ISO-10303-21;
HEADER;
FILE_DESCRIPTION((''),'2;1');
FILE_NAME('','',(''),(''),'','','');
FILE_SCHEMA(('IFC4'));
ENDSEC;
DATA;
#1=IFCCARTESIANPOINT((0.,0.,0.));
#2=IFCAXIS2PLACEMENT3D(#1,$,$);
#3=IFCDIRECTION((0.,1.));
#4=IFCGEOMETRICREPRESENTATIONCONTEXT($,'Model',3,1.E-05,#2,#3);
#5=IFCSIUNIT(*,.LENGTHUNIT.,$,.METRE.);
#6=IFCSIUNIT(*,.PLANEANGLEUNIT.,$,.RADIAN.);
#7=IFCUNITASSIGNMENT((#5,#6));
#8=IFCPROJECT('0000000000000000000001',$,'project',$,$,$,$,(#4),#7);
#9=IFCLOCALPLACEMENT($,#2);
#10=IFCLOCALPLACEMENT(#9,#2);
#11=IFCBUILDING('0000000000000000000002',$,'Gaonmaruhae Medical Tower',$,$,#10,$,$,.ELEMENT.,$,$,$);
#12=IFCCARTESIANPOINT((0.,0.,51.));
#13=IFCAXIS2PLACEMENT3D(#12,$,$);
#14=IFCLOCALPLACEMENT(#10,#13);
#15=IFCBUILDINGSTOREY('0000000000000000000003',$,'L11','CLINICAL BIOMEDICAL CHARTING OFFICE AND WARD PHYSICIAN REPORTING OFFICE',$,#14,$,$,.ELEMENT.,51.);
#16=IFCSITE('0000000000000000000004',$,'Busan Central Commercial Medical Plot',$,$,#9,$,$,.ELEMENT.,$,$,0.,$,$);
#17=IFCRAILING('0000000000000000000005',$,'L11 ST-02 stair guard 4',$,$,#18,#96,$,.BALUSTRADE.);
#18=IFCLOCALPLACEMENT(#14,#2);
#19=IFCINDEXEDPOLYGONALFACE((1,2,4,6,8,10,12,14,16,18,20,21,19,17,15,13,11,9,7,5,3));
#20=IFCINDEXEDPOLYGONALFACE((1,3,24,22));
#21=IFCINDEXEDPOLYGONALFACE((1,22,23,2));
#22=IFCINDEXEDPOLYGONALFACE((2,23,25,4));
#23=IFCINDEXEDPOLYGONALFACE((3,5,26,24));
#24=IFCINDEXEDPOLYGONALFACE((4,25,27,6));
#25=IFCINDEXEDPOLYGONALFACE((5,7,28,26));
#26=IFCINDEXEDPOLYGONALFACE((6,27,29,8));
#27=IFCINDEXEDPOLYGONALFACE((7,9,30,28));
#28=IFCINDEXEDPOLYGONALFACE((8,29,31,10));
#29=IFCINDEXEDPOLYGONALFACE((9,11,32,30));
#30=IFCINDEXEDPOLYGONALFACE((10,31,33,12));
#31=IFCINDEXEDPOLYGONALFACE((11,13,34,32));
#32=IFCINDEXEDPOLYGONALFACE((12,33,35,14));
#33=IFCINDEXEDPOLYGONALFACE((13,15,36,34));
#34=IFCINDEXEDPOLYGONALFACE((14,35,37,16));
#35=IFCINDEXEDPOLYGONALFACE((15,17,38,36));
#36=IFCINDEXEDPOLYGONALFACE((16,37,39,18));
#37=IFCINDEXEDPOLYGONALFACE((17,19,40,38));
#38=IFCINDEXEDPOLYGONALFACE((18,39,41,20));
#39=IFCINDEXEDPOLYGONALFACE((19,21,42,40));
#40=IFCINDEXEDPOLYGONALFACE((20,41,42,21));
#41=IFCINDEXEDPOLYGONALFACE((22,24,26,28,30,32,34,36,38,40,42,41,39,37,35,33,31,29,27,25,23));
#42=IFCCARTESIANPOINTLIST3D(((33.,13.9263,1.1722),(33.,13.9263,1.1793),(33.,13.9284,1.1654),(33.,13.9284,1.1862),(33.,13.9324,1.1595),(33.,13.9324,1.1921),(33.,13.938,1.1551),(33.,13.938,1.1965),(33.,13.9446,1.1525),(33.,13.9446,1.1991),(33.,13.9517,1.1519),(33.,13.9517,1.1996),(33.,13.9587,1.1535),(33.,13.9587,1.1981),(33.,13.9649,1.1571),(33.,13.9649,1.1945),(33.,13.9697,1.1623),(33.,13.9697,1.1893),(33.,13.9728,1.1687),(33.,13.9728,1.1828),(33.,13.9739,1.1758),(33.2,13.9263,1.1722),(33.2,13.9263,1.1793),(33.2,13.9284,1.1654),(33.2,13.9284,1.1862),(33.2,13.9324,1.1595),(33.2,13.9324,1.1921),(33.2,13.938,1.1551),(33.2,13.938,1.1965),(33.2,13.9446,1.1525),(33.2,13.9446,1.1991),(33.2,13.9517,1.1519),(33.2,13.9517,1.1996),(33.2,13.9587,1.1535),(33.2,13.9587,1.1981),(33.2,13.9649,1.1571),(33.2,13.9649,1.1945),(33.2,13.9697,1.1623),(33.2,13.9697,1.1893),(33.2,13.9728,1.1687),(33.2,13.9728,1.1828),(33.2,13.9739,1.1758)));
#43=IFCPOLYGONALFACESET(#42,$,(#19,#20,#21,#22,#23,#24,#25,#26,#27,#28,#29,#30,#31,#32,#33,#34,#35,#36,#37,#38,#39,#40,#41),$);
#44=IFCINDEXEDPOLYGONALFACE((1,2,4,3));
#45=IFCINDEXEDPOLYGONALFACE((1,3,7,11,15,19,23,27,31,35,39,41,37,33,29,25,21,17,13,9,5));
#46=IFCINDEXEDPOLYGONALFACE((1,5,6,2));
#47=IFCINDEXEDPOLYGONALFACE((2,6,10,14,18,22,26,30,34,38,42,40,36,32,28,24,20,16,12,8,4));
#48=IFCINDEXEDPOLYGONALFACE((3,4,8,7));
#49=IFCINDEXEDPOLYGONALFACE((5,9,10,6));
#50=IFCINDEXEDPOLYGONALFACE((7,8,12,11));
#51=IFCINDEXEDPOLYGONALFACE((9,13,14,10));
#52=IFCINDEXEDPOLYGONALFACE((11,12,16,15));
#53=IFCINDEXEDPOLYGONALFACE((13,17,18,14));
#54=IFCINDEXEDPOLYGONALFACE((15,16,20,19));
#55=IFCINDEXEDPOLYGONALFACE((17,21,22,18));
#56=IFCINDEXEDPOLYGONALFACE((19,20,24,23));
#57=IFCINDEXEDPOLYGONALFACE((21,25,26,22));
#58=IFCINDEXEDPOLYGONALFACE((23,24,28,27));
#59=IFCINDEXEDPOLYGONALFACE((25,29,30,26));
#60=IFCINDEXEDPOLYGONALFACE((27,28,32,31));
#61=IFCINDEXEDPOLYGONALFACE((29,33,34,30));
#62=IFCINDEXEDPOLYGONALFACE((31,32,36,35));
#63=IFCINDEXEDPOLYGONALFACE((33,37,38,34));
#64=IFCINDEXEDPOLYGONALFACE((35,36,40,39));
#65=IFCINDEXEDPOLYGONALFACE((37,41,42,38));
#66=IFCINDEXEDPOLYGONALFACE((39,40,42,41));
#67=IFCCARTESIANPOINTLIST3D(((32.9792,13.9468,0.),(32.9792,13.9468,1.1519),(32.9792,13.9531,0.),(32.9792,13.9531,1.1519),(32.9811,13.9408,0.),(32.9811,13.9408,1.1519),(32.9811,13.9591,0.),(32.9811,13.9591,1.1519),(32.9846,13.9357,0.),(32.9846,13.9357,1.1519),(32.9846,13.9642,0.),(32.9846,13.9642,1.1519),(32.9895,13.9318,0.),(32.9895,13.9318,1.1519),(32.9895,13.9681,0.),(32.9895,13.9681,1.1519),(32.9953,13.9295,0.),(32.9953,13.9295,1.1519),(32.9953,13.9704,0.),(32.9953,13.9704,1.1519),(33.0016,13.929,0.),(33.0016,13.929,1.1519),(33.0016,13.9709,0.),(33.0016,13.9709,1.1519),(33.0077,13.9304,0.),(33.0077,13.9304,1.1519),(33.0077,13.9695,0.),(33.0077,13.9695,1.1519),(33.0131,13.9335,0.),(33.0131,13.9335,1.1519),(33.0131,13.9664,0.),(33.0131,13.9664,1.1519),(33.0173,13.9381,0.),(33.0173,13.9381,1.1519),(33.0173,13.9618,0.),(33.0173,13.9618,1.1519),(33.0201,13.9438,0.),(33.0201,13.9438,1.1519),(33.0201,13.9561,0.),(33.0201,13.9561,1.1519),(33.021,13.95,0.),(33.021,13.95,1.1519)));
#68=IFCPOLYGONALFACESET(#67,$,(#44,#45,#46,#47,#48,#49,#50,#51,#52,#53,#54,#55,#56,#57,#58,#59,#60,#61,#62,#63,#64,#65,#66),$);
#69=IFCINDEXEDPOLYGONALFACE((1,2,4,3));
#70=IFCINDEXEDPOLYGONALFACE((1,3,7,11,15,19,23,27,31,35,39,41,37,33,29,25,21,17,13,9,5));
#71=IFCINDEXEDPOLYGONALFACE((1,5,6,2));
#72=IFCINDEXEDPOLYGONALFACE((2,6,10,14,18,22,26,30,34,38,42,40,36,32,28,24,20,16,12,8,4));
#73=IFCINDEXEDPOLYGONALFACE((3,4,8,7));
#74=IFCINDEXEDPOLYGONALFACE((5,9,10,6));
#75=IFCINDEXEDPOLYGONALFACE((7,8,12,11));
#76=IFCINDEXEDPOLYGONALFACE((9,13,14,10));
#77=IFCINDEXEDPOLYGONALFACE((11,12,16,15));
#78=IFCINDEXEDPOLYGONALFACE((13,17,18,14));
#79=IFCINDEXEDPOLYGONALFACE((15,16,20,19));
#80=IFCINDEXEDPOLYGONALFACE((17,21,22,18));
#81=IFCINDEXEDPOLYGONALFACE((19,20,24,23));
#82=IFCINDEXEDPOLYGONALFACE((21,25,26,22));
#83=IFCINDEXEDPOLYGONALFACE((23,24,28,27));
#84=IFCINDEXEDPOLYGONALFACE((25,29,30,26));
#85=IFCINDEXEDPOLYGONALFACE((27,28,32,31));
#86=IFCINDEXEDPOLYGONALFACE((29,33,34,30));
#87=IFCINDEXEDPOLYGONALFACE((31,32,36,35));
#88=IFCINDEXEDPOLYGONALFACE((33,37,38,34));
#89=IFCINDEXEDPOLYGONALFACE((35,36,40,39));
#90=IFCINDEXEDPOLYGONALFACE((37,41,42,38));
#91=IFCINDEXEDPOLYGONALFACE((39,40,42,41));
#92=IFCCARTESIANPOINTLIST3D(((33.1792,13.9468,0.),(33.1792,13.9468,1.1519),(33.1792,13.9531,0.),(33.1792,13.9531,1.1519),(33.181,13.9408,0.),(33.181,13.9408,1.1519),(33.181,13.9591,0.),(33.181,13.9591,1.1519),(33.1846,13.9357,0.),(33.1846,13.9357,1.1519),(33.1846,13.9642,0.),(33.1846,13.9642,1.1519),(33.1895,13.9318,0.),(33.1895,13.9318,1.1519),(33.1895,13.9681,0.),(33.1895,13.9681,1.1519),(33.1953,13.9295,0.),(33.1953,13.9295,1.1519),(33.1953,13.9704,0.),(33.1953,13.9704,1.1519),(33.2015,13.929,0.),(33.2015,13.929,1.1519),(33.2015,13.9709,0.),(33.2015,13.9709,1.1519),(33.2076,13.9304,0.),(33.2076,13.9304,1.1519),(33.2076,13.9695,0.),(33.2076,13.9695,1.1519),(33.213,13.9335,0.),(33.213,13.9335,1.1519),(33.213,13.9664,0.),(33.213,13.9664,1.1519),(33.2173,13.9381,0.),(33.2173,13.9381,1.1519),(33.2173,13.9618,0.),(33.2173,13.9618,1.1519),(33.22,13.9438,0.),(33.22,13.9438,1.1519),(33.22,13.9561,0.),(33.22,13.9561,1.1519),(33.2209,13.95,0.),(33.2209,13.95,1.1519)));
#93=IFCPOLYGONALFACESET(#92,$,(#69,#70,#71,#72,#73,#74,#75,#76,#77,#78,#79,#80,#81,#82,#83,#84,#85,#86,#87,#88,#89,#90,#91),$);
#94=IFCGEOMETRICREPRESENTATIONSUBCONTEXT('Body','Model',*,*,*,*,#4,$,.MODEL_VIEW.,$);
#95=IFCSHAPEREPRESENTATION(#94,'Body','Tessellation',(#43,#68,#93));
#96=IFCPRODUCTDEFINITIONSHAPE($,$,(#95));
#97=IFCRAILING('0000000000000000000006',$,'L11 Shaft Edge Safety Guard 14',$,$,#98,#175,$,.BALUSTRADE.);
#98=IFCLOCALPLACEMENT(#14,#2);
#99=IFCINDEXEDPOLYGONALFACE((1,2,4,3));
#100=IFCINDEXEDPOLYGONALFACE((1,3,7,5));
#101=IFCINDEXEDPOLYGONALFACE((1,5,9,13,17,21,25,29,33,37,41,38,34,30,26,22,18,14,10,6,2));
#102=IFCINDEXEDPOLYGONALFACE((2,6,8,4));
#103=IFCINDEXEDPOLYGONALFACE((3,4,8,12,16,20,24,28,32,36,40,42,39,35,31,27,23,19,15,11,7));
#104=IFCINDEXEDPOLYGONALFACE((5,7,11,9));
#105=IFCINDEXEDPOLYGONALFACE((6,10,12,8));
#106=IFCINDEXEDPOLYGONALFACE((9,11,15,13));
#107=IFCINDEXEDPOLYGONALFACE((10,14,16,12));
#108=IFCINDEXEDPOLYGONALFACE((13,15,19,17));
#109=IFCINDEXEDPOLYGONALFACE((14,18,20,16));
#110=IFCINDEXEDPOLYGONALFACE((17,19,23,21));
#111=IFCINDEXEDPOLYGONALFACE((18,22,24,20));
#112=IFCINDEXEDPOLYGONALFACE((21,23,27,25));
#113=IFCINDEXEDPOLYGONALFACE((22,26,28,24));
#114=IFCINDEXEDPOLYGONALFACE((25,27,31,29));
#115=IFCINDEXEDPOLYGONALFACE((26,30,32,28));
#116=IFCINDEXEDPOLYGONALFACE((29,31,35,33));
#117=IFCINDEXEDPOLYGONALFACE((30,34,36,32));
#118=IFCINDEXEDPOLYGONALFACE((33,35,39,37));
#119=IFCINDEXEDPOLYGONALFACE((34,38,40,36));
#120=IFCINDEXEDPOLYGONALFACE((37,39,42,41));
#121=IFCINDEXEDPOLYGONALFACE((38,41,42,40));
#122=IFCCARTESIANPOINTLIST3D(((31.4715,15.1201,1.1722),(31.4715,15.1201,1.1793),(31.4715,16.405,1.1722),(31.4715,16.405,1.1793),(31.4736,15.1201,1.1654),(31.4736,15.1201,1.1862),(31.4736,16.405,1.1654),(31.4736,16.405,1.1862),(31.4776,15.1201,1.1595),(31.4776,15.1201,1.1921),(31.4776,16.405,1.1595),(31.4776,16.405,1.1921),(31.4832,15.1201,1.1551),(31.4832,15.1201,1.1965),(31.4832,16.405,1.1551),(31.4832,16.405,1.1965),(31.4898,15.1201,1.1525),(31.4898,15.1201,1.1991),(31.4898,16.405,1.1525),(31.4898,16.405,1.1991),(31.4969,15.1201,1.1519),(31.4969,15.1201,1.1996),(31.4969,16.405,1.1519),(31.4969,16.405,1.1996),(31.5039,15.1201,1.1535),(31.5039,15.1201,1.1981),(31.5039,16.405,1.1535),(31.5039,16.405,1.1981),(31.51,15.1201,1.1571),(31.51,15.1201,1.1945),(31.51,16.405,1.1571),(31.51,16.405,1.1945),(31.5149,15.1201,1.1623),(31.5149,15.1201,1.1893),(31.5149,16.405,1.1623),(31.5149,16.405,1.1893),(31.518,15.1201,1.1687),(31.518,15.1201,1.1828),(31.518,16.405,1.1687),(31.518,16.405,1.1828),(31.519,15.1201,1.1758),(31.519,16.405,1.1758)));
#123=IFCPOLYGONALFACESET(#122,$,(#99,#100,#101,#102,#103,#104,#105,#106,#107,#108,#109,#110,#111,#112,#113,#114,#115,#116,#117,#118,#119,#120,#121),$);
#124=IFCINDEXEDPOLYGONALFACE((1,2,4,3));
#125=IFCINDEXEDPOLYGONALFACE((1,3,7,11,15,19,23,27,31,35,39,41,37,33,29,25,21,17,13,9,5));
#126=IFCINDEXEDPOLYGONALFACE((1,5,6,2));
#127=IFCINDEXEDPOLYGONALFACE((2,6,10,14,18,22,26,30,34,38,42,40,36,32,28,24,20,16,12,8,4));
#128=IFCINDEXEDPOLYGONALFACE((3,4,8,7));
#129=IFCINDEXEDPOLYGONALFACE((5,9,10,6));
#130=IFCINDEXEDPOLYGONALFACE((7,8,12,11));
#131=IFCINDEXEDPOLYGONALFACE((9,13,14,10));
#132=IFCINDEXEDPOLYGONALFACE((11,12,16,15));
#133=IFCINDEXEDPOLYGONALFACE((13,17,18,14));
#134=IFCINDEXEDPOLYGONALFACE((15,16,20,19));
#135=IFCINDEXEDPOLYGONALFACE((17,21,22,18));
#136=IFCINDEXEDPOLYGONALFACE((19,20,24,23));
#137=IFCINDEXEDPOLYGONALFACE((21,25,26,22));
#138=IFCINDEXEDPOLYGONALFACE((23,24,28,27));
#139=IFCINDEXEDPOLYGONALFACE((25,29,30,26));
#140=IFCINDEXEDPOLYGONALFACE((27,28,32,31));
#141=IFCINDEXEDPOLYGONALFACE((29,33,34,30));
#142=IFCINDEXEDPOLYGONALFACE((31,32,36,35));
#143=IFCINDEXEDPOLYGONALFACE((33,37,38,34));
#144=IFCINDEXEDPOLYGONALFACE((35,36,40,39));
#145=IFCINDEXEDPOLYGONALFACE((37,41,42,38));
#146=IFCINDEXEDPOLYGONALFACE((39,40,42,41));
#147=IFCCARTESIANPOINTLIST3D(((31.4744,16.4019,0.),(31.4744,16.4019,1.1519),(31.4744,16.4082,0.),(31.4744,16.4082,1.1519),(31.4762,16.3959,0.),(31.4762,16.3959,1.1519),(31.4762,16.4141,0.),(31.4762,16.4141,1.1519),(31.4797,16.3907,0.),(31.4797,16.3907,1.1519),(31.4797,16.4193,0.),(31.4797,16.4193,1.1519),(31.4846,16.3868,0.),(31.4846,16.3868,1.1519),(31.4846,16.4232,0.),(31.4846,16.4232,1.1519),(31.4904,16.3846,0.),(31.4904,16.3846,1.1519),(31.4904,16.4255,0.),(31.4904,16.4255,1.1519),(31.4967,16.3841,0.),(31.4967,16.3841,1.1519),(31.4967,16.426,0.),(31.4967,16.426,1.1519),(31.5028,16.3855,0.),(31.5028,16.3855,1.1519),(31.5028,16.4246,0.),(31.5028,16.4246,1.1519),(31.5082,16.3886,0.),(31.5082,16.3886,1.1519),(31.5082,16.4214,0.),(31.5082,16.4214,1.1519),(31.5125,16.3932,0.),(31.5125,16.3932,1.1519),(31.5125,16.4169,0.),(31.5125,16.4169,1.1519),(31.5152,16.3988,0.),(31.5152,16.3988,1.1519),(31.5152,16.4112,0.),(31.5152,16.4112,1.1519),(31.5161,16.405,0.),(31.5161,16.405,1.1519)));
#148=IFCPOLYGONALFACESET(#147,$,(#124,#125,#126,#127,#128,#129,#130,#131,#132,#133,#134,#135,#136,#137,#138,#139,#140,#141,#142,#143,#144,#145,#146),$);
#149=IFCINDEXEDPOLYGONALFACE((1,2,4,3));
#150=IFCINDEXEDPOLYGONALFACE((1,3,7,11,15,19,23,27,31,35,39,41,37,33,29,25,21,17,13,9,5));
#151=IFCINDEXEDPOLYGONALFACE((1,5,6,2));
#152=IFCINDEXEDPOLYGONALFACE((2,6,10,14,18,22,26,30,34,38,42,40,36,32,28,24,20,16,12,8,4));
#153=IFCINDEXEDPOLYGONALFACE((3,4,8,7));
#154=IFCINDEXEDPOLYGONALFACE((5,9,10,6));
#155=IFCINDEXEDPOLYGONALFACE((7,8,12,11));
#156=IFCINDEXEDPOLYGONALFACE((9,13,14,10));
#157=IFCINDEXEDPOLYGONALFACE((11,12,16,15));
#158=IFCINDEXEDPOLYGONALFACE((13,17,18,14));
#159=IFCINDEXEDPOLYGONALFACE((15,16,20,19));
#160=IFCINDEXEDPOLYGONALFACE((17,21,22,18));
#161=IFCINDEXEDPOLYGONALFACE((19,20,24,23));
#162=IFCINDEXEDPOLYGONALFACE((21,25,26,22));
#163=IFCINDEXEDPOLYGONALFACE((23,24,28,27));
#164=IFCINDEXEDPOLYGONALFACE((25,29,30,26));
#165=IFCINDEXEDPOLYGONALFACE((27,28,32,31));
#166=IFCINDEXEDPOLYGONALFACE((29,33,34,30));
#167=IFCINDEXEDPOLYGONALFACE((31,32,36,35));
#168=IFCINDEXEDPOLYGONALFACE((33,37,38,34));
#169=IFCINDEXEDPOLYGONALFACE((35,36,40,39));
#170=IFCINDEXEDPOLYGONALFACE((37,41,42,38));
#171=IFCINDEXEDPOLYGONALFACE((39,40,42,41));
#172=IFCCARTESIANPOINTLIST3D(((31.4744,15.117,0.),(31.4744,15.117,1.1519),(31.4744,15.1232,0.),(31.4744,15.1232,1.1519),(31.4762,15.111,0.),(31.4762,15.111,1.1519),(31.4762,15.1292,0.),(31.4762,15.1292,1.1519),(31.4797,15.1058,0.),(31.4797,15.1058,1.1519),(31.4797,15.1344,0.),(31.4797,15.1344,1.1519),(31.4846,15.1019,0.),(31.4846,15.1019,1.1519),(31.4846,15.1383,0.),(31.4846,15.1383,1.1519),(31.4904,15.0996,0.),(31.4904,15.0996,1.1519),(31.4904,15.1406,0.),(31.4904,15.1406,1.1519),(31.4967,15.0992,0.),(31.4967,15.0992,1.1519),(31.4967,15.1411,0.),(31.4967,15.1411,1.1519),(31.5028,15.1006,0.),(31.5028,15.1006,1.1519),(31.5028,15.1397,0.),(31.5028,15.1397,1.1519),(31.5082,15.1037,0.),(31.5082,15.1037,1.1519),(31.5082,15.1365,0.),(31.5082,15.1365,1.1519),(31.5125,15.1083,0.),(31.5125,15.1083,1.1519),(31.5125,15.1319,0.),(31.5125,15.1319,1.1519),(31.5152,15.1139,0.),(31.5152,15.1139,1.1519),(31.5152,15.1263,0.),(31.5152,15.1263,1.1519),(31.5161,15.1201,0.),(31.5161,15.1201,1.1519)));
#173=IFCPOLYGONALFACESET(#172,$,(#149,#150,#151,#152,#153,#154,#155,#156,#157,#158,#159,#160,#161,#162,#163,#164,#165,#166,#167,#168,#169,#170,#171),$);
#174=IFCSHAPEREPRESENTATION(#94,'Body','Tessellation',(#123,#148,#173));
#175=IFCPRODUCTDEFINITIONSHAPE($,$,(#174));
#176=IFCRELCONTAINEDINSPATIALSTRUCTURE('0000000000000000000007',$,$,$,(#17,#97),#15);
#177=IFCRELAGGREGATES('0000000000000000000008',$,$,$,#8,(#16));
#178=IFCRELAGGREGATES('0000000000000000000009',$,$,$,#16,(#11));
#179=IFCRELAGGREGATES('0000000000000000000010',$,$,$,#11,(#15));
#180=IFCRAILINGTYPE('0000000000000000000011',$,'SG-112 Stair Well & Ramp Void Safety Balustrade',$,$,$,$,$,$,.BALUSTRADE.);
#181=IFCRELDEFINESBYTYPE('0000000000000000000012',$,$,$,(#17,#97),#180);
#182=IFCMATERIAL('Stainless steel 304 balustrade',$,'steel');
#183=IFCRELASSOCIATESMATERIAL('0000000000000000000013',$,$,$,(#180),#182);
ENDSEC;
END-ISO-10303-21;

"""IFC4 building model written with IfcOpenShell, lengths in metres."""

from ifc_helpers import new_model, si_unit, direction, frame, origin, origin_2d, place, context, subcontext, project, spatial, circle, extrude, material, type_object, element, save


model = new_model("IFC4")

# Units and contexts
model_context = context("Model", 3, precision=1e-05, world=origin(), true_north=direction((0.0, 1.0)))
body_context = subcontext(model_context, "Body", "Model", "MODEL_VIEW")
ifc_project = project(units=[si_unit("LENGTHUNIT", "METRE"), si_unit("PLANEANGLEUNIT", "RADIAN")], contexts=[model_context])

# Site, building, storey
site_placement = place(None, origin())
site = spatial("IfcSite", under=ifc_project, at=site_placement, Name="Busan Central Commercial Medical Plot", CompositionType="ELEMENT", RefElevation=0.0)
building_placement = place(site_placement, origin())
building = spatial("IfcBuilding", under=site, at=building_placement, Name="Gaonmaruhae Medical Tower", CompositionType="ELEMENT")
storey_placement = place(building_placement, frame((0.0, 0.0, 51.0)))
storey = spatial("IfcBuildingStorey", under=building, at=storey_placement, Name="L11", Description="CLINICAL BIOMEDICAL CHARTING OFFICE AND WARD PHYSICIAN REPORTING OFFICE", CompositionType="ELEMENT", Elevation=51.0)

# Railings
ifc_material_1 = material(Name="Stainless steel 304 balustrade", Category="steel")
railing_type = type_object("IfcRailingType", Name="SG-112 Stair Well & Ramp Void Safety Balustrade", PredefinedType="BALUSTRADE", material=ifc_material_1)
railing_1_placement = place(storey_placement, frame((33.0, 13.95, 0.0)))
element("IfcRailing", 1, at=railing_1_placement, inside=storey, type_object=railing_type, Name="L11 ST-02 stair guard 4", PredefinedType="BALUSTRADE", context=body_context, shape_type="SweptSolid", body=[
    extrude(circle(Radius=0.0239, at=origin_2d()), frame((0.0, 0.0, 1.1758), z_axis=(1.0, 0.0, 0.0), x_axis=(0.0, 1.0, 0.0)), (0.0, 0.0, 1.0), 0.2),
    extrude(circle(Radius=0.021, at=origin_2d()), origin(), (0.0, 0.0, 1.0), 1.1519),
    extrude(circle(Radius=0.021, at=origin_2d()), frame((0.2, 0.0, 0.0)), (0.0, 0.0, 1.0), 1.1519),
])
railing_2_placement = place(storey_placement, frame((31.4951, 16.405, 0.0)))
element("IfcRailing", 2, at=railing_2_placement, inside=storey, type_object=railing_type, Name="L11 Shaft Edge Safety Guard 14", PredefinedType="BALUSTRADE", context=body_context, shape_type="SweptSolid", body=[
    extrude(circle(Radius=0.0239, at=origin_2d()), frame((0.0, 0.0, 1.1758), z_axis=(0.0, -1.0, 0.0), x_axis=(1.0, 0.0, 0.0)), (0.0, 0.0, 1.0), 1.2849),
    extrude(circle(Radius=0.021, at=origin_2d()), origin(), (0.0, 0.0, 1.0), 1.1519),
    extrude(circle(Radius=0.021, at=origin_2d()), frame((0.0, -1.2849, 0.0)), (0.0, 0.0, 1.0), 1.1519),
])

save(model, "model.ifc")
